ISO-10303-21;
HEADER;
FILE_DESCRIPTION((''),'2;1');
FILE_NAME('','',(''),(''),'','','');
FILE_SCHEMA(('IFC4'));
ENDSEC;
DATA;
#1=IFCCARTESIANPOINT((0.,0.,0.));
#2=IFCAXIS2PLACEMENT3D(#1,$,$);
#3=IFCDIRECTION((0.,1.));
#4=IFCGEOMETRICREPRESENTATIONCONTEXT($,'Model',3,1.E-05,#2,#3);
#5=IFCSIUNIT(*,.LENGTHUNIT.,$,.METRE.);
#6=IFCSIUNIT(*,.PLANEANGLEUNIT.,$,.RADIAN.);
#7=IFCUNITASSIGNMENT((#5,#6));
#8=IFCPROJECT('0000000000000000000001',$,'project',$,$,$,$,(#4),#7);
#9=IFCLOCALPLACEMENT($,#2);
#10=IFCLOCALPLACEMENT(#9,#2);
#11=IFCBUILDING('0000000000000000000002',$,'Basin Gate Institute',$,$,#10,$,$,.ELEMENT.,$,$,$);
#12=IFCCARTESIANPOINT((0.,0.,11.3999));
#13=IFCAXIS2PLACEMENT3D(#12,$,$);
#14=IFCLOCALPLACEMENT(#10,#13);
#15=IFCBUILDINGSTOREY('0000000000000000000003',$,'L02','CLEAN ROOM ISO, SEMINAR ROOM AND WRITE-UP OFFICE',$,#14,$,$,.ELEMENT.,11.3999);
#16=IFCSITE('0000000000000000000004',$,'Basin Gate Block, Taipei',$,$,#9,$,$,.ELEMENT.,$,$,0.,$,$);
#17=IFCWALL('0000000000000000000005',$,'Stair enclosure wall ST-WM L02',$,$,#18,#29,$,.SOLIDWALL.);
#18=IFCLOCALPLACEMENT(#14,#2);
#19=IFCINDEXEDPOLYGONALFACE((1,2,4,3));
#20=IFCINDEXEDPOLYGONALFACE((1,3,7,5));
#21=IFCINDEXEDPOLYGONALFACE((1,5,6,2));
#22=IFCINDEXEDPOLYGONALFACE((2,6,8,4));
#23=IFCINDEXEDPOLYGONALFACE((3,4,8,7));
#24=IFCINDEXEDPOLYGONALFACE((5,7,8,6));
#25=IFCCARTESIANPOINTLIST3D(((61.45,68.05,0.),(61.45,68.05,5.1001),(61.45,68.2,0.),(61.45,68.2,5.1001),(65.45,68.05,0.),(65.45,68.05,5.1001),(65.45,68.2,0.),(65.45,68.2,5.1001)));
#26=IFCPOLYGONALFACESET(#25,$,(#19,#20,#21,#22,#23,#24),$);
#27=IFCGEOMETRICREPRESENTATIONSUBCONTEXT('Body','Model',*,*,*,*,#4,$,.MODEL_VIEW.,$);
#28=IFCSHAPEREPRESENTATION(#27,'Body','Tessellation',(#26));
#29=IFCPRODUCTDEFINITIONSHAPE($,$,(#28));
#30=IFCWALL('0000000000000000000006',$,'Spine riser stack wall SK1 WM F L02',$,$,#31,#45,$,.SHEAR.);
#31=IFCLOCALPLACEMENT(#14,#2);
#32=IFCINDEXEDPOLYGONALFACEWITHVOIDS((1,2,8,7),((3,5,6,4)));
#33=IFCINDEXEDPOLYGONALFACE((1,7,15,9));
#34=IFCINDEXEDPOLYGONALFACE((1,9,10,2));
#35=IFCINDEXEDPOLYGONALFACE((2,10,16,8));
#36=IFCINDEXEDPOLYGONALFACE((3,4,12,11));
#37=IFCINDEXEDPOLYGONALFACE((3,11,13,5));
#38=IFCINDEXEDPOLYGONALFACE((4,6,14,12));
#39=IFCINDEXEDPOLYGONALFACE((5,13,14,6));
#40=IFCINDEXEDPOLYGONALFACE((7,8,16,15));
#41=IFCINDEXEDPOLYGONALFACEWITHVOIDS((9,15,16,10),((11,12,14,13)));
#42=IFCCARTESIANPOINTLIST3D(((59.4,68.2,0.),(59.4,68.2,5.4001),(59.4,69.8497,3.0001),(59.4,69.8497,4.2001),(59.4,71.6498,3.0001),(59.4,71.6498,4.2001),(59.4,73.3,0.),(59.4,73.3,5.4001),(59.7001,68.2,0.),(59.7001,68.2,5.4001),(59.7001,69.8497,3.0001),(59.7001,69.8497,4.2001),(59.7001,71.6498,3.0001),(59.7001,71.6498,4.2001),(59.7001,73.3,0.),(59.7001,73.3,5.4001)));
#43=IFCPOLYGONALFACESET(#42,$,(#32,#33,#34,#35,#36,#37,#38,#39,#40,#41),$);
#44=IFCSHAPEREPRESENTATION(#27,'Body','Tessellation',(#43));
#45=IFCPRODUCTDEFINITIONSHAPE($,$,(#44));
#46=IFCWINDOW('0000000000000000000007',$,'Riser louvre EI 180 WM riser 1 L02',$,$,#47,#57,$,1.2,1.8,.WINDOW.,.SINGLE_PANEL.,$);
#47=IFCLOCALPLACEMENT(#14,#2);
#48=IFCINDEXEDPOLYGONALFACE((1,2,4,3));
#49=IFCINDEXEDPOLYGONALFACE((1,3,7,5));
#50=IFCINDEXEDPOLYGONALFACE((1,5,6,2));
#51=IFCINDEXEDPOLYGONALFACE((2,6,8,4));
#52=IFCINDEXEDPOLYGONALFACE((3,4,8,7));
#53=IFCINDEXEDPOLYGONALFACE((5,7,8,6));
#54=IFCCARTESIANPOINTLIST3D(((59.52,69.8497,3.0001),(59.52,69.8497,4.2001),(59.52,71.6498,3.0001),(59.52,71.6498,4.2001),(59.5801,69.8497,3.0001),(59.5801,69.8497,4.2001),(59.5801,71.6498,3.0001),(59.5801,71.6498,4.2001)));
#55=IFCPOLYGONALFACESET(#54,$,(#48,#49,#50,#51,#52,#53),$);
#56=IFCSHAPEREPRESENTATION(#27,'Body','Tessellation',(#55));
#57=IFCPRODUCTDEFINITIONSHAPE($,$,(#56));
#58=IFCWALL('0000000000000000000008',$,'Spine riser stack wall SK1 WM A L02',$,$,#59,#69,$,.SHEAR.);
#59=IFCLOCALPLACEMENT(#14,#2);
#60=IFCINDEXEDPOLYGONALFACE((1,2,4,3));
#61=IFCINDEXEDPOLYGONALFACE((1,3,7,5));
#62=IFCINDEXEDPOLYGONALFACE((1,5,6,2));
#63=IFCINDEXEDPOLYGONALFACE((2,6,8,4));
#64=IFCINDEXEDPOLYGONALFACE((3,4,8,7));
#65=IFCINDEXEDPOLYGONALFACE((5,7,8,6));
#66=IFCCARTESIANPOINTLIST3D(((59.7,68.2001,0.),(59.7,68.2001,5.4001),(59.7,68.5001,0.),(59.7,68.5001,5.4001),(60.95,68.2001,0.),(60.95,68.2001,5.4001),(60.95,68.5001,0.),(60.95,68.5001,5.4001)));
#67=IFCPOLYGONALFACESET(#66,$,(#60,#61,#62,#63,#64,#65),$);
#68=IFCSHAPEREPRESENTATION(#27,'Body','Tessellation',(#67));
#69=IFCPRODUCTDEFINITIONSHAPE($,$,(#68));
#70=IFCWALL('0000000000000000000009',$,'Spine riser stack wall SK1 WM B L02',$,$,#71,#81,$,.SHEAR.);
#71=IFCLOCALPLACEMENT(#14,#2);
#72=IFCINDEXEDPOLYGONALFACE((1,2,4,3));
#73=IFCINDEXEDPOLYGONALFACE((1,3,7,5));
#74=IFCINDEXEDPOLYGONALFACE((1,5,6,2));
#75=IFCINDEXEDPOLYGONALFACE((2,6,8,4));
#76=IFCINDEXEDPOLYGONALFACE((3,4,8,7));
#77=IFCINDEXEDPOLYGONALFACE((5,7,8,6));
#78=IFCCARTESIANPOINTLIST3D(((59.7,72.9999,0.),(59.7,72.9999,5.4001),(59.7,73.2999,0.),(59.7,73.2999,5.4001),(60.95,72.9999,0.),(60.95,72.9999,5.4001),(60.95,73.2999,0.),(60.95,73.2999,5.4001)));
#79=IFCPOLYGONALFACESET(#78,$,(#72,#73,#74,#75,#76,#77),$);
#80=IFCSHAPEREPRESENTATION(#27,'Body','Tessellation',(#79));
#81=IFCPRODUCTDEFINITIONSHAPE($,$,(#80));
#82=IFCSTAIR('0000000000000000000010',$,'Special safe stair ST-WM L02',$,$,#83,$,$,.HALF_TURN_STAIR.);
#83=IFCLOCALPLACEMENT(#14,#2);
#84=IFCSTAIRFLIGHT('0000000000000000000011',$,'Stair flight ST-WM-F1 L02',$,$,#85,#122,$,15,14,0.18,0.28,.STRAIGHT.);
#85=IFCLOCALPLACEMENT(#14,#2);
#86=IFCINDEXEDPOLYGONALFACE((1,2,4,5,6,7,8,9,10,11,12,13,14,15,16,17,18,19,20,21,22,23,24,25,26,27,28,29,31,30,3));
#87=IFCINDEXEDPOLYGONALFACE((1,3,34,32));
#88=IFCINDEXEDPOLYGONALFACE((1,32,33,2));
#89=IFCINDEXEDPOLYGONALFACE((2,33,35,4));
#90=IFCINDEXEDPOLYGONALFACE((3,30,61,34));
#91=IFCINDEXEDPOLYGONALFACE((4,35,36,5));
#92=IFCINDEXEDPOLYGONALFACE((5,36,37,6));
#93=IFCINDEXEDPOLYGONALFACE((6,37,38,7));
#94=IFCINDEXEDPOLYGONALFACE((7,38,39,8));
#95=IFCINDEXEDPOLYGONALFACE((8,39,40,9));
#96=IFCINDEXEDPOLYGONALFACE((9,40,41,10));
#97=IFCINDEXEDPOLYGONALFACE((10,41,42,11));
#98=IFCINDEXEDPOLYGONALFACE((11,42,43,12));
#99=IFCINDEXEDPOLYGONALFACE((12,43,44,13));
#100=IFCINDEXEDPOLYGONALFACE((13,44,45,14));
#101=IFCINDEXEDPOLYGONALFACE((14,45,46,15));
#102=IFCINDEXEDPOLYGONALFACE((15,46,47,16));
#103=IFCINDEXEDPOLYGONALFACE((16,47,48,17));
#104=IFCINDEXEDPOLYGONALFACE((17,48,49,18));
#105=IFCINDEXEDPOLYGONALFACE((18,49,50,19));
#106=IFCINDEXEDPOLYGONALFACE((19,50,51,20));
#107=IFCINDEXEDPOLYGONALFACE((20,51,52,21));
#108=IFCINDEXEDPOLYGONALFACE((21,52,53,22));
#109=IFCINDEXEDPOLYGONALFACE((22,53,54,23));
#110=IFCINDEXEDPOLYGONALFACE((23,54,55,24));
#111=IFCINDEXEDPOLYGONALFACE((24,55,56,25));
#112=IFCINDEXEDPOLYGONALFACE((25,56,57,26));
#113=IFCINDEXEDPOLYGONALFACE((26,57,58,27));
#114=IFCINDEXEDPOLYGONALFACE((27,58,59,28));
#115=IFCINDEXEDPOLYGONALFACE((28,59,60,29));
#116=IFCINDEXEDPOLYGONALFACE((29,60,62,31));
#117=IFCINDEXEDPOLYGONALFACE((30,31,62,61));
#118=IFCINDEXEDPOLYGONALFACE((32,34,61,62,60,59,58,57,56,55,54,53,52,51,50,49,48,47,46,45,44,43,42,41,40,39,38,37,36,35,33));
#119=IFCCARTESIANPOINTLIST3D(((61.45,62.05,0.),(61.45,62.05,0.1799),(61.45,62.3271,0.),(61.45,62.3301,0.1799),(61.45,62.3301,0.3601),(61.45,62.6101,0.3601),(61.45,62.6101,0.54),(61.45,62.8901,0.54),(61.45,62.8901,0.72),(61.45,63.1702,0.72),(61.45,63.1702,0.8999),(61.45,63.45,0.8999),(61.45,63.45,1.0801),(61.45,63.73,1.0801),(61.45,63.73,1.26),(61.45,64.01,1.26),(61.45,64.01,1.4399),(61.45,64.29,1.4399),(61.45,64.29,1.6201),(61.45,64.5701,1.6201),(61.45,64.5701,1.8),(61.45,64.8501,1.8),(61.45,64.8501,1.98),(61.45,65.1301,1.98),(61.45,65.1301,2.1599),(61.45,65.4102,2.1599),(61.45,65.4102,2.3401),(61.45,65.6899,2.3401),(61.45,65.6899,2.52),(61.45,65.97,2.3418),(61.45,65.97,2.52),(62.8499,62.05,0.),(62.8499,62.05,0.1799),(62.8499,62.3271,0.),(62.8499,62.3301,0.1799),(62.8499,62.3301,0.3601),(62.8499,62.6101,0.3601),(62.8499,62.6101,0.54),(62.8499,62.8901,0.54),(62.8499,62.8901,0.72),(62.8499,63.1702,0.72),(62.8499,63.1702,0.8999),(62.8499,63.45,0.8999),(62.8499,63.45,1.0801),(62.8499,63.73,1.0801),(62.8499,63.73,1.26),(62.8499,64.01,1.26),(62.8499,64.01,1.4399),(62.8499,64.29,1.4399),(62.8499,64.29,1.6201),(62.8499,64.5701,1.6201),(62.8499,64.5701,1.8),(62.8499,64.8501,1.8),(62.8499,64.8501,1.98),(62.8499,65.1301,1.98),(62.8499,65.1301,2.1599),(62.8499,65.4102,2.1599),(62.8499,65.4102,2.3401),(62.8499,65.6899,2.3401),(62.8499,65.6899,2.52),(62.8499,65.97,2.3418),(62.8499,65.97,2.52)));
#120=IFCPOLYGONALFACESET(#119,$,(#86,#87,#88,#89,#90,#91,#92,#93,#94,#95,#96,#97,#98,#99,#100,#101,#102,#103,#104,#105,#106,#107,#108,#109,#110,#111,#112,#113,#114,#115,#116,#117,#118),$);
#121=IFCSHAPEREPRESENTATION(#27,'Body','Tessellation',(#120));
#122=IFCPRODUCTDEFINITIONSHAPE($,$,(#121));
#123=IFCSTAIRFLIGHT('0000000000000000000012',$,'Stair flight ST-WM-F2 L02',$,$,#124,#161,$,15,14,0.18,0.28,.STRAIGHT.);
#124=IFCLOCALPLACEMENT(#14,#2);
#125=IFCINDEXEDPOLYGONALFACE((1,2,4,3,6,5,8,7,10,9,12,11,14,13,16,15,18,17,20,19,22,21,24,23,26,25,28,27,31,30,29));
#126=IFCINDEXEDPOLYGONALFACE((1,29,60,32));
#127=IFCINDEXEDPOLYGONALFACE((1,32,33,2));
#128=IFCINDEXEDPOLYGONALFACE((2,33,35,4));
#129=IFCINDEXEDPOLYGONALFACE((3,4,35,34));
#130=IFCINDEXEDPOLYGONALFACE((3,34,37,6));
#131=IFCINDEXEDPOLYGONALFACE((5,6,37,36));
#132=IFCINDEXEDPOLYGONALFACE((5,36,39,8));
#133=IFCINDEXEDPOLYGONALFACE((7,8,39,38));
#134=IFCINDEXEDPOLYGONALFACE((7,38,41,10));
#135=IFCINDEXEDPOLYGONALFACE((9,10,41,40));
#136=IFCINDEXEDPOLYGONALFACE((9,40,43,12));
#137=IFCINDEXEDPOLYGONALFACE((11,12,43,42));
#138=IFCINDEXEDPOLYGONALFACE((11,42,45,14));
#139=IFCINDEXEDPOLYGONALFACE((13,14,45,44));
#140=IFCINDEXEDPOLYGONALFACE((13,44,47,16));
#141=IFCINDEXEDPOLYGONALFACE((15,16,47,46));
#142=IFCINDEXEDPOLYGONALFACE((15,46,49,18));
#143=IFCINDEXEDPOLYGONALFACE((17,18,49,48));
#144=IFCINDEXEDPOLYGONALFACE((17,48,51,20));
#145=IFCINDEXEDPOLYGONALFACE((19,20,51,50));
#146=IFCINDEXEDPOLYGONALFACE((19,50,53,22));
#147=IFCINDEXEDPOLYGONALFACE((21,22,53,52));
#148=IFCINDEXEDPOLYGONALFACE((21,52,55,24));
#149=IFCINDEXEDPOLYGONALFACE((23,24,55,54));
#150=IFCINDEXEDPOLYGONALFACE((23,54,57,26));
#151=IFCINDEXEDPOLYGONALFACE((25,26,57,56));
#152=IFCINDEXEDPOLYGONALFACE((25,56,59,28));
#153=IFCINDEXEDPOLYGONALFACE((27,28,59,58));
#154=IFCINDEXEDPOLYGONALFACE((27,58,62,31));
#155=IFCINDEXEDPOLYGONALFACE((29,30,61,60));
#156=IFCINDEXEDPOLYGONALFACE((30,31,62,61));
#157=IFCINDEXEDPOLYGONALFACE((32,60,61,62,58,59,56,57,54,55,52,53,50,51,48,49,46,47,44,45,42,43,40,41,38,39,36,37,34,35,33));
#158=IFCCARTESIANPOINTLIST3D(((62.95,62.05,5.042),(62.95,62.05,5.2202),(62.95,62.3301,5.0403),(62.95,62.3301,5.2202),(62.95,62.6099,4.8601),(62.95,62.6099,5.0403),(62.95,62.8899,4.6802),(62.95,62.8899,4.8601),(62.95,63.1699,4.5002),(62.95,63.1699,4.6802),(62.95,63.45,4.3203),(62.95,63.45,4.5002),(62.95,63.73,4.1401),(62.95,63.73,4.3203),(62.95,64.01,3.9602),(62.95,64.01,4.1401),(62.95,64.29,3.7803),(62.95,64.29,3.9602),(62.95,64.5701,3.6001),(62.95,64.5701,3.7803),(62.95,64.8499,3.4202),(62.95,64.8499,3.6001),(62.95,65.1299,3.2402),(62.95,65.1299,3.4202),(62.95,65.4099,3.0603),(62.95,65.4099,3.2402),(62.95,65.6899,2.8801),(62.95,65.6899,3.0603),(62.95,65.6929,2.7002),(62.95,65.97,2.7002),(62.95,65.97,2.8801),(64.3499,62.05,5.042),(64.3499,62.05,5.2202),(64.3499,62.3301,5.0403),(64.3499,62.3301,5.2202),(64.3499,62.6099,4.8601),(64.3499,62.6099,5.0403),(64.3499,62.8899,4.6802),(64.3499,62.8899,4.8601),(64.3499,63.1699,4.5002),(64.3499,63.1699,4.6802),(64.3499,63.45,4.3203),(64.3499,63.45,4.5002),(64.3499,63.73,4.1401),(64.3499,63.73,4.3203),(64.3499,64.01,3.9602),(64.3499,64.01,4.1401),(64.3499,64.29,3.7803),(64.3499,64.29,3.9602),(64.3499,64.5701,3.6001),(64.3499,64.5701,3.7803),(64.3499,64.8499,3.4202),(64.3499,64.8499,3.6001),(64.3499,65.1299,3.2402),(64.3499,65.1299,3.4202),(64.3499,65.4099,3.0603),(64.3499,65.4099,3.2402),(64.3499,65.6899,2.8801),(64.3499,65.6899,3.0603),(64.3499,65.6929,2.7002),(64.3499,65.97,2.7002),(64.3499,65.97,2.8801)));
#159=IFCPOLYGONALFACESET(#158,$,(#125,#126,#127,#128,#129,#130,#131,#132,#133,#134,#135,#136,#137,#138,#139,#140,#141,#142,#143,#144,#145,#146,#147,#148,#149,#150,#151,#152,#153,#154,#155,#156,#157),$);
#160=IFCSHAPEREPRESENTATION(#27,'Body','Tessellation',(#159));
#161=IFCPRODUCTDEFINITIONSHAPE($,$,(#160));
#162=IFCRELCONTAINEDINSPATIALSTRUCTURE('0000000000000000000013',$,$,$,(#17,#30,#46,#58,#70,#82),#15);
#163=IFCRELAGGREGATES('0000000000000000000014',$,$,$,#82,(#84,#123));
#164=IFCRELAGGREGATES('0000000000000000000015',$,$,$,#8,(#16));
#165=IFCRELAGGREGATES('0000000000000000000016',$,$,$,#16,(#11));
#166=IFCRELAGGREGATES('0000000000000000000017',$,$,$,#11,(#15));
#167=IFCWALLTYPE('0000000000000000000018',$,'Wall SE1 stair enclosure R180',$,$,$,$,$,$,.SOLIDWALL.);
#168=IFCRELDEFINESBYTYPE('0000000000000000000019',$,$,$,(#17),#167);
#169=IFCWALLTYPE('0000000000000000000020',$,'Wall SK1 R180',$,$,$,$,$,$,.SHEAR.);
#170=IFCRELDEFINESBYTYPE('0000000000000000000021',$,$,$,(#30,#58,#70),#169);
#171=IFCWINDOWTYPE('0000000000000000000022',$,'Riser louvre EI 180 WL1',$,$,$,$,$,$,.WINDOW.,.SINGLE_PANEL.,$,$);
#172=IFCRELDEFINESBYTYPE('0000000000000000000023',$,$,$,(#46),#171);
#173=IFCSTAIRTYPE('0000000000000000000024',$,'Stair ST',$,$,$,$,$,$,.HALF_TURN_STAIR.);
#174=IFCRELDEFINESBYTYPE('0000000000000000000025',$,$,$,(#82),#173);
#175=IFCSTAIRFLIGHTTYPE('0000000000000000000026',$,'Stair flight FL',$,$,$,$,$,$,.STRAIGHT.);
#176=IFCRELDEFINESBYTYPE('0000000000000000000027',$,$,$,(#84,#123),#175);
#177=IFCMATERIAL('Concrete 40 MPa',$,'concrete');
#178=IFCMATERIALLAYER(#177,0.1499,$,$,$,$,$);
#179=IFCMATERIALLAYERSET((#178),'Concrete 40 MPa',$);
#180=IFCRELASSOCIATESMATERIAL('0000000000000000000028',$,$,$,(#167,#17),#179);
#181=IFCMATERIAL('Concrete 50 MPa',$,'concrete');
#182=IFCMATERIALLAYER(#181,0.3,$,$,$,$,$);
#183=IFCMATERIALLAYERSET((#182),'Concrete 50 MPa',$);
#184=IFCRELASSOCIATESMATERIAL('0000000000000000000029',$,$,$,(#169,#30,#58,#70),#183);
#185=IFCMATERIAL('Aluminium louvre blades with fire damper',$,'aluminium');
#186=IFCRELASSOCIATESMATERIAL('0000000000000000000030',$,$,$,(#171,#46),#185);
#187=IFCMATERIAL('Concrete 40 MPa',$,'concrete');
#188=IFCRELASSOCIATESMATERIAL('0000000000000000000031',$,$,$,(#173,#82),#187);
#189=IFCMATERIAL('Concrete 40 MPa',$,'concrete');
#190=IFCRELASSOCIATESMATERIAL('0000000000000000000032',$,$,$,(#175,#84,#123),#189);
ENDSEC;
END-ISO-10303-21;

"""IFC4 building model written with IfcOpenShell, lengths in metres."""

from ifc_helpers import new_model, si_unit, direction, frame, frame_2d, origin, place, context, subcontext, project, spatial, polyline, rectangle, outline, extrude, material, layer, layer_set, type_object, element, fill, aggregate, save


model = new_model("IFC4")

# Units and contexts
model_context = context("Model", 3, precision=1e-05, world=origin(), true_north=direction((0.0, 1.0)))
body_context = subcontext(model_context, "Body", "Model", "MODEL_VIEW")
ifc_project = project(units=[si_unit("LENGTHUNIT", "METRE"), si_unit("PLANEANGLEUNIT", "RADIAN")], contexts=[model_context])

# Site, building, storey
site_placement = place(None, origin())
site = spatial("IfcSite", under=ifc_project, at=site_placement, Name="Basin Gate Block, Taipei", CompositionType="ELEMENT", RefElevation=0.0)
building_placement = place(site_placement, origin())
building = spatial("IfcBuilding", under=site, at=building_placement, Name="Basin Gate Institute", CompositionType="ELEMENT")
storey_placement = place(building_placement, frame((0.0, 0.0, 11.3999)))
storey = spatial("IfcBuildingStorey", under=building, at=storey_placement, Name="L02", Description="CLEAN ROOM ISO, SEMINAR ROOM AND WRITE-UP OFFICE", CompositionType="ELEMENT", Elevation=11.3999)

# Wall
ifc_material_1 = material(Name="Concrete 40 MPa", Category="concrete")
ifc_layer_1 = layer(ifc_material_1, 0.1499)
ifc_layer_set_1 = layer_set([ifc_layer_1], Name="Concrete 40 MPa")
wall_type_1 = type_object("IfcWallType", Name="Wall SE1 stair enclosure R180", PredefinedType="SOLIDWALL", material=ifc_layer_set_1)
wall_1_placement = place(storey_placement, frame((61.45, 68.125, 0.0), z_axis=(0.0, 0.0, 1.0), x_axis=(1.0, 0.0, 0.0)))
element("IfcWall", 1, at=wall_1_placement, inside=storey, type_object=wall_type_1, material=ifc_layer_set_1, Name="Stair enclosure wall ST-WM L02", PredefinedType="SOLIDWALL", context=body_context, shape_type="SweptSolid", body=[
    extrude(rectangle(XDim=4.0, YDim=0.1499, at=frame_2d((2.0, 0.0))), origin(), (0.0, 0.0, 1.0), 5.1001),
])

# Wall, opening, window
ifc_material_2 = material(Name="Concrete 50 MPa", Category="concrete")
ifc_layer_2 = layer(ifc_material_2, 0.3)
ifc_layer_set_2 = layer_set([ifc_layer_2], Name="Concrete 50 MPa")
wall_type_2 = type_object("IfcWallType", Name="Wall SK1 R180", PredefinedType="SHEAR", material=ifc_layer_set_2)
wall_2_placement = place(storey_placement, frame((59.55, 68.2, 0.0), z_axis=(0.0, 0.0, 1.0), x_axis=(0.0, 1.0, 0.0)))
wall_2 = element("IfcWall", 2, at=wall_2_placement, inside=storey, type_object=wall_type_2, material=ifc_layer_set_2, Name="Spine riser stack wall SK1 WM F L02", PredefinedType="SHEAR", context=body_context, shape_type="SweptSolid", body=[
    extrude(rectangle(XDim=5.1001, YDim=0.3, at=frame_2d((2.55, 0.0))), origin(), (0.0, 0.0, 1.0), 5.4001),
])
opening_placement = place(wall_2_placement, frame((1.6499, 0.0, 3.0)))
opening = element("IfcOpeningElement", 3, at=opening_placement, cuts=wall_2, PredefinedType="OPENING", context=body_context, shape_type="SweptSolid", body=[
    extrude(rectangle(XDim=1.8, YDim=1.2, at=frame_2d((0.8999, 0.6001))), frame((0.0, 0.1602, 0.0), z_axis=(0.0, -1.0, 0.0), x_axis=(1.0, 0.0, 0.0)), (0.0, 0.0, 1.0), 0.3201),
])
ifc_material_3 = material(Name="Aluminium louvre blades with fire damper", Category="aluminium")
window_type = type_object("IfcWindowType", Name="Riser louvre EI 180 WL1", PartitioningType="SINGLE_PANEL", PredefinedType="WINDOW", material=ifc_material_3)
window_placement = place(opening_placement, origin())
window = element("IfcWindow", 4, at=window_placement, inside=storey, type_object=window_type, material=ifc_material_3, Name="Riser louvre EI 180 WM riser 1 L02", OverallHeight=1.2, OverallWidth=1.8, PartitioningType="SINGLE_PANEL", PredefinedType="WINDOW", context=body_context, shape_type="SweptSolid", body=[
    extrude(rectangle(XDim=1.8, YDim=1.2, at=frame_2d((0.8999, 0.6001))), frame((0.0, 0.03, 0.0), z_axis=(0.0, -1.0, 0.0), x_axis=(1.0, 0.0, 0.0)), (0.0, 0.0, 1.0), 0.0601),
])
fill(opening, window)

# Walls
for number, where, z_axis, x_axis, name in (
    (5, (60.95, 68.3501, 0.0), (0.0, 0.0, 1.0), (-1.0, 0.0, 0.0), "Spine riser stack wall SK1 WM A L02"),
    (6, (60.95, 73.1499, 0.0), (0.0, 0.0, 1.0), (-1.0, 0.0, 0.0), "Spine riser stack wall SK1 WM B L02"),
):
    element("IfcWall", number, at=place(storey_placement, frame(where, z_axis=z_axis, x_axis=x_axis)), inside=storey, type_object=wall_type_2, material=ifc_layer_set_2, Name=name, PredefinedType="SHEAR", context=body_context, shape_type="SweptSolid", body=[
        extrude(rectangle(XDim=1.25, YDim=0.3, at=frame_2d((0.625, 0.0))), origin(), (0.0, 0.0, 1.0), 5.4001),
    ])

# Stair, stair flights
ifc_material_4 = material(Name="Concrete 40 MPa", Category="concrete")
stair_type = type_object("IfcStairType", Name="Stair ST", PredefinedType="HALF_TURN_STAIR", material=ifc_material_4)
stair_placement = place(storey_placement, origin())
stair = element("IfcStair", 7, at=stair_placement, inside=storey, type_object=stair_type, material=ifc_material_4, Name="Special safe stair ST-WM L02", PredefinedType="HALF_TURN_STAIR")
ifc_material_5 = material(Name="Concrete 40 MPa", Category="concrete")
stair_flight_type = type_object("IfcStairFlightType", Name="Stair flight FL", PredefinedType="STRAIGHT", material=ifc_material_5)
stair_flight_1_placement = place(storey_placement, frame((62.1499, 62.05, 0.0), z_axis=(0.0, 0.0, 1.0), x_axis=(0.0, 1.0, 0.0)))
stair_flight_1 = element("IfcStairFlight", 8, at=stair_flight_1_placement, type_object=stair_flight_type, material=ifc_material_5, Name="Stair flight ST-WM-F1 L02", NumberOfRisers=15, NumberOfTreads=14, PredefinedType="STRAIGHT", RiserHeight=0.18, TreadLength=0.28, context=body_context, shape_type="SweptSolid", body=[
    extrude(outline(polyline([(0.0, 0.0), (0.0, 0.1799), (0.28, 0.1799), (0.28, 0.3601), (0.5601, 0.3601), (0.5601, 0.54), (0.8401, 0.54), (0.8401, 0.72), (1.1201, 0.72), (1.1201, 0.8999), (1.3999, 0.8999), (1.3999, 1.0801), (1.6799, 1.0801), (1.6799, 1.26), (1.96, 1.26), (1.96, 1.4399), (2.24, 1.4399), (2.24, 1.6201), (2.52, 1.6201), (2.52, 1.8), (2.8, 1.8), (2.8, 1.98), (3.0801, 1.98), (3.0801, 2.1599), (3.3601, 2.1599), (3.3601, 2.3401), (3.6399, 2.3401), (3.6399, 2.52), (3.9199, 2.52), (3.9199, 2.7), (3.9199, 2.3418), (0.2771, 0.0), (0.0, 0.0)])), frame((0.0, 0.7, 0.0), z_axis=(0.0, -1.0, 0.0), x_axis=(1.0, 0.0, 0.0)), (0.0, 0.0, 1.0), 1.3999),
])
stair_flight_2_placement = place(storey_placement, frame((63.6499, 65.97, 2.7002), z_axis=(0.0, 0.0, 1.0), x_axis=(0.0, -1.0, 0.0)))
stair_flight_2 = element("IfcStairFlight", 9, at=stair_flight_2_placement, type_object=stair_flight_type, material=ifc_material_5, Name="Stair flight ST-WM-F2 L02", NumberOfRisers=15, NumberOfTreads=14, PredefinedType="STRAIGHT", RiserHeight=0.18, TreadLength=0.28, context=body_context, shape_type="SweptSolid", body=[
    extrude(outline(polyline([(0.0, 0.0), (0.0, 0.1799), (0.28, 0.1799), (0.28, 0.3601), (0.5601, 0.3601), (0.5601, 0.54), (0.8401, 0.54), (0.8401, 0.72), (1.1201, 0.72), (1.1201, 0.8999), (1.3999, 0.8999), (1.3999, 1.0801), (1.6799, 1.0801), (1.6799, 1.26), (1.96, 1.26), (1.96, 1.4399), (2.24, 1.4399), (2.24, 1.6201), (2.52, 1.6201), (2.52, 1.8), (2.8, 1.8), (2.8, 1.98), (3.0801, 1.98), (3.0801, 2.1599), (3.3601, 2.1599), (3.3601, 2.3401), (3.6399, 2.3401), (3.6399, 2.52), (3.9199, 2.52), (3.9199, 2.7), (3.9199, 2.3418), (0.2771, 0.0), (0.0, 0.0)])), frame((0.0, 0.7, 0.0), z_axis=(0.0, -1.0, 0.0), x_axis=(1.0, 0.0, 0.0)), (0.0, 0.0, 1.0), 1.3999),
])
aggregate(stair, [stair_flight_1, stair_flight_2])

save(model, "model.ifc")
